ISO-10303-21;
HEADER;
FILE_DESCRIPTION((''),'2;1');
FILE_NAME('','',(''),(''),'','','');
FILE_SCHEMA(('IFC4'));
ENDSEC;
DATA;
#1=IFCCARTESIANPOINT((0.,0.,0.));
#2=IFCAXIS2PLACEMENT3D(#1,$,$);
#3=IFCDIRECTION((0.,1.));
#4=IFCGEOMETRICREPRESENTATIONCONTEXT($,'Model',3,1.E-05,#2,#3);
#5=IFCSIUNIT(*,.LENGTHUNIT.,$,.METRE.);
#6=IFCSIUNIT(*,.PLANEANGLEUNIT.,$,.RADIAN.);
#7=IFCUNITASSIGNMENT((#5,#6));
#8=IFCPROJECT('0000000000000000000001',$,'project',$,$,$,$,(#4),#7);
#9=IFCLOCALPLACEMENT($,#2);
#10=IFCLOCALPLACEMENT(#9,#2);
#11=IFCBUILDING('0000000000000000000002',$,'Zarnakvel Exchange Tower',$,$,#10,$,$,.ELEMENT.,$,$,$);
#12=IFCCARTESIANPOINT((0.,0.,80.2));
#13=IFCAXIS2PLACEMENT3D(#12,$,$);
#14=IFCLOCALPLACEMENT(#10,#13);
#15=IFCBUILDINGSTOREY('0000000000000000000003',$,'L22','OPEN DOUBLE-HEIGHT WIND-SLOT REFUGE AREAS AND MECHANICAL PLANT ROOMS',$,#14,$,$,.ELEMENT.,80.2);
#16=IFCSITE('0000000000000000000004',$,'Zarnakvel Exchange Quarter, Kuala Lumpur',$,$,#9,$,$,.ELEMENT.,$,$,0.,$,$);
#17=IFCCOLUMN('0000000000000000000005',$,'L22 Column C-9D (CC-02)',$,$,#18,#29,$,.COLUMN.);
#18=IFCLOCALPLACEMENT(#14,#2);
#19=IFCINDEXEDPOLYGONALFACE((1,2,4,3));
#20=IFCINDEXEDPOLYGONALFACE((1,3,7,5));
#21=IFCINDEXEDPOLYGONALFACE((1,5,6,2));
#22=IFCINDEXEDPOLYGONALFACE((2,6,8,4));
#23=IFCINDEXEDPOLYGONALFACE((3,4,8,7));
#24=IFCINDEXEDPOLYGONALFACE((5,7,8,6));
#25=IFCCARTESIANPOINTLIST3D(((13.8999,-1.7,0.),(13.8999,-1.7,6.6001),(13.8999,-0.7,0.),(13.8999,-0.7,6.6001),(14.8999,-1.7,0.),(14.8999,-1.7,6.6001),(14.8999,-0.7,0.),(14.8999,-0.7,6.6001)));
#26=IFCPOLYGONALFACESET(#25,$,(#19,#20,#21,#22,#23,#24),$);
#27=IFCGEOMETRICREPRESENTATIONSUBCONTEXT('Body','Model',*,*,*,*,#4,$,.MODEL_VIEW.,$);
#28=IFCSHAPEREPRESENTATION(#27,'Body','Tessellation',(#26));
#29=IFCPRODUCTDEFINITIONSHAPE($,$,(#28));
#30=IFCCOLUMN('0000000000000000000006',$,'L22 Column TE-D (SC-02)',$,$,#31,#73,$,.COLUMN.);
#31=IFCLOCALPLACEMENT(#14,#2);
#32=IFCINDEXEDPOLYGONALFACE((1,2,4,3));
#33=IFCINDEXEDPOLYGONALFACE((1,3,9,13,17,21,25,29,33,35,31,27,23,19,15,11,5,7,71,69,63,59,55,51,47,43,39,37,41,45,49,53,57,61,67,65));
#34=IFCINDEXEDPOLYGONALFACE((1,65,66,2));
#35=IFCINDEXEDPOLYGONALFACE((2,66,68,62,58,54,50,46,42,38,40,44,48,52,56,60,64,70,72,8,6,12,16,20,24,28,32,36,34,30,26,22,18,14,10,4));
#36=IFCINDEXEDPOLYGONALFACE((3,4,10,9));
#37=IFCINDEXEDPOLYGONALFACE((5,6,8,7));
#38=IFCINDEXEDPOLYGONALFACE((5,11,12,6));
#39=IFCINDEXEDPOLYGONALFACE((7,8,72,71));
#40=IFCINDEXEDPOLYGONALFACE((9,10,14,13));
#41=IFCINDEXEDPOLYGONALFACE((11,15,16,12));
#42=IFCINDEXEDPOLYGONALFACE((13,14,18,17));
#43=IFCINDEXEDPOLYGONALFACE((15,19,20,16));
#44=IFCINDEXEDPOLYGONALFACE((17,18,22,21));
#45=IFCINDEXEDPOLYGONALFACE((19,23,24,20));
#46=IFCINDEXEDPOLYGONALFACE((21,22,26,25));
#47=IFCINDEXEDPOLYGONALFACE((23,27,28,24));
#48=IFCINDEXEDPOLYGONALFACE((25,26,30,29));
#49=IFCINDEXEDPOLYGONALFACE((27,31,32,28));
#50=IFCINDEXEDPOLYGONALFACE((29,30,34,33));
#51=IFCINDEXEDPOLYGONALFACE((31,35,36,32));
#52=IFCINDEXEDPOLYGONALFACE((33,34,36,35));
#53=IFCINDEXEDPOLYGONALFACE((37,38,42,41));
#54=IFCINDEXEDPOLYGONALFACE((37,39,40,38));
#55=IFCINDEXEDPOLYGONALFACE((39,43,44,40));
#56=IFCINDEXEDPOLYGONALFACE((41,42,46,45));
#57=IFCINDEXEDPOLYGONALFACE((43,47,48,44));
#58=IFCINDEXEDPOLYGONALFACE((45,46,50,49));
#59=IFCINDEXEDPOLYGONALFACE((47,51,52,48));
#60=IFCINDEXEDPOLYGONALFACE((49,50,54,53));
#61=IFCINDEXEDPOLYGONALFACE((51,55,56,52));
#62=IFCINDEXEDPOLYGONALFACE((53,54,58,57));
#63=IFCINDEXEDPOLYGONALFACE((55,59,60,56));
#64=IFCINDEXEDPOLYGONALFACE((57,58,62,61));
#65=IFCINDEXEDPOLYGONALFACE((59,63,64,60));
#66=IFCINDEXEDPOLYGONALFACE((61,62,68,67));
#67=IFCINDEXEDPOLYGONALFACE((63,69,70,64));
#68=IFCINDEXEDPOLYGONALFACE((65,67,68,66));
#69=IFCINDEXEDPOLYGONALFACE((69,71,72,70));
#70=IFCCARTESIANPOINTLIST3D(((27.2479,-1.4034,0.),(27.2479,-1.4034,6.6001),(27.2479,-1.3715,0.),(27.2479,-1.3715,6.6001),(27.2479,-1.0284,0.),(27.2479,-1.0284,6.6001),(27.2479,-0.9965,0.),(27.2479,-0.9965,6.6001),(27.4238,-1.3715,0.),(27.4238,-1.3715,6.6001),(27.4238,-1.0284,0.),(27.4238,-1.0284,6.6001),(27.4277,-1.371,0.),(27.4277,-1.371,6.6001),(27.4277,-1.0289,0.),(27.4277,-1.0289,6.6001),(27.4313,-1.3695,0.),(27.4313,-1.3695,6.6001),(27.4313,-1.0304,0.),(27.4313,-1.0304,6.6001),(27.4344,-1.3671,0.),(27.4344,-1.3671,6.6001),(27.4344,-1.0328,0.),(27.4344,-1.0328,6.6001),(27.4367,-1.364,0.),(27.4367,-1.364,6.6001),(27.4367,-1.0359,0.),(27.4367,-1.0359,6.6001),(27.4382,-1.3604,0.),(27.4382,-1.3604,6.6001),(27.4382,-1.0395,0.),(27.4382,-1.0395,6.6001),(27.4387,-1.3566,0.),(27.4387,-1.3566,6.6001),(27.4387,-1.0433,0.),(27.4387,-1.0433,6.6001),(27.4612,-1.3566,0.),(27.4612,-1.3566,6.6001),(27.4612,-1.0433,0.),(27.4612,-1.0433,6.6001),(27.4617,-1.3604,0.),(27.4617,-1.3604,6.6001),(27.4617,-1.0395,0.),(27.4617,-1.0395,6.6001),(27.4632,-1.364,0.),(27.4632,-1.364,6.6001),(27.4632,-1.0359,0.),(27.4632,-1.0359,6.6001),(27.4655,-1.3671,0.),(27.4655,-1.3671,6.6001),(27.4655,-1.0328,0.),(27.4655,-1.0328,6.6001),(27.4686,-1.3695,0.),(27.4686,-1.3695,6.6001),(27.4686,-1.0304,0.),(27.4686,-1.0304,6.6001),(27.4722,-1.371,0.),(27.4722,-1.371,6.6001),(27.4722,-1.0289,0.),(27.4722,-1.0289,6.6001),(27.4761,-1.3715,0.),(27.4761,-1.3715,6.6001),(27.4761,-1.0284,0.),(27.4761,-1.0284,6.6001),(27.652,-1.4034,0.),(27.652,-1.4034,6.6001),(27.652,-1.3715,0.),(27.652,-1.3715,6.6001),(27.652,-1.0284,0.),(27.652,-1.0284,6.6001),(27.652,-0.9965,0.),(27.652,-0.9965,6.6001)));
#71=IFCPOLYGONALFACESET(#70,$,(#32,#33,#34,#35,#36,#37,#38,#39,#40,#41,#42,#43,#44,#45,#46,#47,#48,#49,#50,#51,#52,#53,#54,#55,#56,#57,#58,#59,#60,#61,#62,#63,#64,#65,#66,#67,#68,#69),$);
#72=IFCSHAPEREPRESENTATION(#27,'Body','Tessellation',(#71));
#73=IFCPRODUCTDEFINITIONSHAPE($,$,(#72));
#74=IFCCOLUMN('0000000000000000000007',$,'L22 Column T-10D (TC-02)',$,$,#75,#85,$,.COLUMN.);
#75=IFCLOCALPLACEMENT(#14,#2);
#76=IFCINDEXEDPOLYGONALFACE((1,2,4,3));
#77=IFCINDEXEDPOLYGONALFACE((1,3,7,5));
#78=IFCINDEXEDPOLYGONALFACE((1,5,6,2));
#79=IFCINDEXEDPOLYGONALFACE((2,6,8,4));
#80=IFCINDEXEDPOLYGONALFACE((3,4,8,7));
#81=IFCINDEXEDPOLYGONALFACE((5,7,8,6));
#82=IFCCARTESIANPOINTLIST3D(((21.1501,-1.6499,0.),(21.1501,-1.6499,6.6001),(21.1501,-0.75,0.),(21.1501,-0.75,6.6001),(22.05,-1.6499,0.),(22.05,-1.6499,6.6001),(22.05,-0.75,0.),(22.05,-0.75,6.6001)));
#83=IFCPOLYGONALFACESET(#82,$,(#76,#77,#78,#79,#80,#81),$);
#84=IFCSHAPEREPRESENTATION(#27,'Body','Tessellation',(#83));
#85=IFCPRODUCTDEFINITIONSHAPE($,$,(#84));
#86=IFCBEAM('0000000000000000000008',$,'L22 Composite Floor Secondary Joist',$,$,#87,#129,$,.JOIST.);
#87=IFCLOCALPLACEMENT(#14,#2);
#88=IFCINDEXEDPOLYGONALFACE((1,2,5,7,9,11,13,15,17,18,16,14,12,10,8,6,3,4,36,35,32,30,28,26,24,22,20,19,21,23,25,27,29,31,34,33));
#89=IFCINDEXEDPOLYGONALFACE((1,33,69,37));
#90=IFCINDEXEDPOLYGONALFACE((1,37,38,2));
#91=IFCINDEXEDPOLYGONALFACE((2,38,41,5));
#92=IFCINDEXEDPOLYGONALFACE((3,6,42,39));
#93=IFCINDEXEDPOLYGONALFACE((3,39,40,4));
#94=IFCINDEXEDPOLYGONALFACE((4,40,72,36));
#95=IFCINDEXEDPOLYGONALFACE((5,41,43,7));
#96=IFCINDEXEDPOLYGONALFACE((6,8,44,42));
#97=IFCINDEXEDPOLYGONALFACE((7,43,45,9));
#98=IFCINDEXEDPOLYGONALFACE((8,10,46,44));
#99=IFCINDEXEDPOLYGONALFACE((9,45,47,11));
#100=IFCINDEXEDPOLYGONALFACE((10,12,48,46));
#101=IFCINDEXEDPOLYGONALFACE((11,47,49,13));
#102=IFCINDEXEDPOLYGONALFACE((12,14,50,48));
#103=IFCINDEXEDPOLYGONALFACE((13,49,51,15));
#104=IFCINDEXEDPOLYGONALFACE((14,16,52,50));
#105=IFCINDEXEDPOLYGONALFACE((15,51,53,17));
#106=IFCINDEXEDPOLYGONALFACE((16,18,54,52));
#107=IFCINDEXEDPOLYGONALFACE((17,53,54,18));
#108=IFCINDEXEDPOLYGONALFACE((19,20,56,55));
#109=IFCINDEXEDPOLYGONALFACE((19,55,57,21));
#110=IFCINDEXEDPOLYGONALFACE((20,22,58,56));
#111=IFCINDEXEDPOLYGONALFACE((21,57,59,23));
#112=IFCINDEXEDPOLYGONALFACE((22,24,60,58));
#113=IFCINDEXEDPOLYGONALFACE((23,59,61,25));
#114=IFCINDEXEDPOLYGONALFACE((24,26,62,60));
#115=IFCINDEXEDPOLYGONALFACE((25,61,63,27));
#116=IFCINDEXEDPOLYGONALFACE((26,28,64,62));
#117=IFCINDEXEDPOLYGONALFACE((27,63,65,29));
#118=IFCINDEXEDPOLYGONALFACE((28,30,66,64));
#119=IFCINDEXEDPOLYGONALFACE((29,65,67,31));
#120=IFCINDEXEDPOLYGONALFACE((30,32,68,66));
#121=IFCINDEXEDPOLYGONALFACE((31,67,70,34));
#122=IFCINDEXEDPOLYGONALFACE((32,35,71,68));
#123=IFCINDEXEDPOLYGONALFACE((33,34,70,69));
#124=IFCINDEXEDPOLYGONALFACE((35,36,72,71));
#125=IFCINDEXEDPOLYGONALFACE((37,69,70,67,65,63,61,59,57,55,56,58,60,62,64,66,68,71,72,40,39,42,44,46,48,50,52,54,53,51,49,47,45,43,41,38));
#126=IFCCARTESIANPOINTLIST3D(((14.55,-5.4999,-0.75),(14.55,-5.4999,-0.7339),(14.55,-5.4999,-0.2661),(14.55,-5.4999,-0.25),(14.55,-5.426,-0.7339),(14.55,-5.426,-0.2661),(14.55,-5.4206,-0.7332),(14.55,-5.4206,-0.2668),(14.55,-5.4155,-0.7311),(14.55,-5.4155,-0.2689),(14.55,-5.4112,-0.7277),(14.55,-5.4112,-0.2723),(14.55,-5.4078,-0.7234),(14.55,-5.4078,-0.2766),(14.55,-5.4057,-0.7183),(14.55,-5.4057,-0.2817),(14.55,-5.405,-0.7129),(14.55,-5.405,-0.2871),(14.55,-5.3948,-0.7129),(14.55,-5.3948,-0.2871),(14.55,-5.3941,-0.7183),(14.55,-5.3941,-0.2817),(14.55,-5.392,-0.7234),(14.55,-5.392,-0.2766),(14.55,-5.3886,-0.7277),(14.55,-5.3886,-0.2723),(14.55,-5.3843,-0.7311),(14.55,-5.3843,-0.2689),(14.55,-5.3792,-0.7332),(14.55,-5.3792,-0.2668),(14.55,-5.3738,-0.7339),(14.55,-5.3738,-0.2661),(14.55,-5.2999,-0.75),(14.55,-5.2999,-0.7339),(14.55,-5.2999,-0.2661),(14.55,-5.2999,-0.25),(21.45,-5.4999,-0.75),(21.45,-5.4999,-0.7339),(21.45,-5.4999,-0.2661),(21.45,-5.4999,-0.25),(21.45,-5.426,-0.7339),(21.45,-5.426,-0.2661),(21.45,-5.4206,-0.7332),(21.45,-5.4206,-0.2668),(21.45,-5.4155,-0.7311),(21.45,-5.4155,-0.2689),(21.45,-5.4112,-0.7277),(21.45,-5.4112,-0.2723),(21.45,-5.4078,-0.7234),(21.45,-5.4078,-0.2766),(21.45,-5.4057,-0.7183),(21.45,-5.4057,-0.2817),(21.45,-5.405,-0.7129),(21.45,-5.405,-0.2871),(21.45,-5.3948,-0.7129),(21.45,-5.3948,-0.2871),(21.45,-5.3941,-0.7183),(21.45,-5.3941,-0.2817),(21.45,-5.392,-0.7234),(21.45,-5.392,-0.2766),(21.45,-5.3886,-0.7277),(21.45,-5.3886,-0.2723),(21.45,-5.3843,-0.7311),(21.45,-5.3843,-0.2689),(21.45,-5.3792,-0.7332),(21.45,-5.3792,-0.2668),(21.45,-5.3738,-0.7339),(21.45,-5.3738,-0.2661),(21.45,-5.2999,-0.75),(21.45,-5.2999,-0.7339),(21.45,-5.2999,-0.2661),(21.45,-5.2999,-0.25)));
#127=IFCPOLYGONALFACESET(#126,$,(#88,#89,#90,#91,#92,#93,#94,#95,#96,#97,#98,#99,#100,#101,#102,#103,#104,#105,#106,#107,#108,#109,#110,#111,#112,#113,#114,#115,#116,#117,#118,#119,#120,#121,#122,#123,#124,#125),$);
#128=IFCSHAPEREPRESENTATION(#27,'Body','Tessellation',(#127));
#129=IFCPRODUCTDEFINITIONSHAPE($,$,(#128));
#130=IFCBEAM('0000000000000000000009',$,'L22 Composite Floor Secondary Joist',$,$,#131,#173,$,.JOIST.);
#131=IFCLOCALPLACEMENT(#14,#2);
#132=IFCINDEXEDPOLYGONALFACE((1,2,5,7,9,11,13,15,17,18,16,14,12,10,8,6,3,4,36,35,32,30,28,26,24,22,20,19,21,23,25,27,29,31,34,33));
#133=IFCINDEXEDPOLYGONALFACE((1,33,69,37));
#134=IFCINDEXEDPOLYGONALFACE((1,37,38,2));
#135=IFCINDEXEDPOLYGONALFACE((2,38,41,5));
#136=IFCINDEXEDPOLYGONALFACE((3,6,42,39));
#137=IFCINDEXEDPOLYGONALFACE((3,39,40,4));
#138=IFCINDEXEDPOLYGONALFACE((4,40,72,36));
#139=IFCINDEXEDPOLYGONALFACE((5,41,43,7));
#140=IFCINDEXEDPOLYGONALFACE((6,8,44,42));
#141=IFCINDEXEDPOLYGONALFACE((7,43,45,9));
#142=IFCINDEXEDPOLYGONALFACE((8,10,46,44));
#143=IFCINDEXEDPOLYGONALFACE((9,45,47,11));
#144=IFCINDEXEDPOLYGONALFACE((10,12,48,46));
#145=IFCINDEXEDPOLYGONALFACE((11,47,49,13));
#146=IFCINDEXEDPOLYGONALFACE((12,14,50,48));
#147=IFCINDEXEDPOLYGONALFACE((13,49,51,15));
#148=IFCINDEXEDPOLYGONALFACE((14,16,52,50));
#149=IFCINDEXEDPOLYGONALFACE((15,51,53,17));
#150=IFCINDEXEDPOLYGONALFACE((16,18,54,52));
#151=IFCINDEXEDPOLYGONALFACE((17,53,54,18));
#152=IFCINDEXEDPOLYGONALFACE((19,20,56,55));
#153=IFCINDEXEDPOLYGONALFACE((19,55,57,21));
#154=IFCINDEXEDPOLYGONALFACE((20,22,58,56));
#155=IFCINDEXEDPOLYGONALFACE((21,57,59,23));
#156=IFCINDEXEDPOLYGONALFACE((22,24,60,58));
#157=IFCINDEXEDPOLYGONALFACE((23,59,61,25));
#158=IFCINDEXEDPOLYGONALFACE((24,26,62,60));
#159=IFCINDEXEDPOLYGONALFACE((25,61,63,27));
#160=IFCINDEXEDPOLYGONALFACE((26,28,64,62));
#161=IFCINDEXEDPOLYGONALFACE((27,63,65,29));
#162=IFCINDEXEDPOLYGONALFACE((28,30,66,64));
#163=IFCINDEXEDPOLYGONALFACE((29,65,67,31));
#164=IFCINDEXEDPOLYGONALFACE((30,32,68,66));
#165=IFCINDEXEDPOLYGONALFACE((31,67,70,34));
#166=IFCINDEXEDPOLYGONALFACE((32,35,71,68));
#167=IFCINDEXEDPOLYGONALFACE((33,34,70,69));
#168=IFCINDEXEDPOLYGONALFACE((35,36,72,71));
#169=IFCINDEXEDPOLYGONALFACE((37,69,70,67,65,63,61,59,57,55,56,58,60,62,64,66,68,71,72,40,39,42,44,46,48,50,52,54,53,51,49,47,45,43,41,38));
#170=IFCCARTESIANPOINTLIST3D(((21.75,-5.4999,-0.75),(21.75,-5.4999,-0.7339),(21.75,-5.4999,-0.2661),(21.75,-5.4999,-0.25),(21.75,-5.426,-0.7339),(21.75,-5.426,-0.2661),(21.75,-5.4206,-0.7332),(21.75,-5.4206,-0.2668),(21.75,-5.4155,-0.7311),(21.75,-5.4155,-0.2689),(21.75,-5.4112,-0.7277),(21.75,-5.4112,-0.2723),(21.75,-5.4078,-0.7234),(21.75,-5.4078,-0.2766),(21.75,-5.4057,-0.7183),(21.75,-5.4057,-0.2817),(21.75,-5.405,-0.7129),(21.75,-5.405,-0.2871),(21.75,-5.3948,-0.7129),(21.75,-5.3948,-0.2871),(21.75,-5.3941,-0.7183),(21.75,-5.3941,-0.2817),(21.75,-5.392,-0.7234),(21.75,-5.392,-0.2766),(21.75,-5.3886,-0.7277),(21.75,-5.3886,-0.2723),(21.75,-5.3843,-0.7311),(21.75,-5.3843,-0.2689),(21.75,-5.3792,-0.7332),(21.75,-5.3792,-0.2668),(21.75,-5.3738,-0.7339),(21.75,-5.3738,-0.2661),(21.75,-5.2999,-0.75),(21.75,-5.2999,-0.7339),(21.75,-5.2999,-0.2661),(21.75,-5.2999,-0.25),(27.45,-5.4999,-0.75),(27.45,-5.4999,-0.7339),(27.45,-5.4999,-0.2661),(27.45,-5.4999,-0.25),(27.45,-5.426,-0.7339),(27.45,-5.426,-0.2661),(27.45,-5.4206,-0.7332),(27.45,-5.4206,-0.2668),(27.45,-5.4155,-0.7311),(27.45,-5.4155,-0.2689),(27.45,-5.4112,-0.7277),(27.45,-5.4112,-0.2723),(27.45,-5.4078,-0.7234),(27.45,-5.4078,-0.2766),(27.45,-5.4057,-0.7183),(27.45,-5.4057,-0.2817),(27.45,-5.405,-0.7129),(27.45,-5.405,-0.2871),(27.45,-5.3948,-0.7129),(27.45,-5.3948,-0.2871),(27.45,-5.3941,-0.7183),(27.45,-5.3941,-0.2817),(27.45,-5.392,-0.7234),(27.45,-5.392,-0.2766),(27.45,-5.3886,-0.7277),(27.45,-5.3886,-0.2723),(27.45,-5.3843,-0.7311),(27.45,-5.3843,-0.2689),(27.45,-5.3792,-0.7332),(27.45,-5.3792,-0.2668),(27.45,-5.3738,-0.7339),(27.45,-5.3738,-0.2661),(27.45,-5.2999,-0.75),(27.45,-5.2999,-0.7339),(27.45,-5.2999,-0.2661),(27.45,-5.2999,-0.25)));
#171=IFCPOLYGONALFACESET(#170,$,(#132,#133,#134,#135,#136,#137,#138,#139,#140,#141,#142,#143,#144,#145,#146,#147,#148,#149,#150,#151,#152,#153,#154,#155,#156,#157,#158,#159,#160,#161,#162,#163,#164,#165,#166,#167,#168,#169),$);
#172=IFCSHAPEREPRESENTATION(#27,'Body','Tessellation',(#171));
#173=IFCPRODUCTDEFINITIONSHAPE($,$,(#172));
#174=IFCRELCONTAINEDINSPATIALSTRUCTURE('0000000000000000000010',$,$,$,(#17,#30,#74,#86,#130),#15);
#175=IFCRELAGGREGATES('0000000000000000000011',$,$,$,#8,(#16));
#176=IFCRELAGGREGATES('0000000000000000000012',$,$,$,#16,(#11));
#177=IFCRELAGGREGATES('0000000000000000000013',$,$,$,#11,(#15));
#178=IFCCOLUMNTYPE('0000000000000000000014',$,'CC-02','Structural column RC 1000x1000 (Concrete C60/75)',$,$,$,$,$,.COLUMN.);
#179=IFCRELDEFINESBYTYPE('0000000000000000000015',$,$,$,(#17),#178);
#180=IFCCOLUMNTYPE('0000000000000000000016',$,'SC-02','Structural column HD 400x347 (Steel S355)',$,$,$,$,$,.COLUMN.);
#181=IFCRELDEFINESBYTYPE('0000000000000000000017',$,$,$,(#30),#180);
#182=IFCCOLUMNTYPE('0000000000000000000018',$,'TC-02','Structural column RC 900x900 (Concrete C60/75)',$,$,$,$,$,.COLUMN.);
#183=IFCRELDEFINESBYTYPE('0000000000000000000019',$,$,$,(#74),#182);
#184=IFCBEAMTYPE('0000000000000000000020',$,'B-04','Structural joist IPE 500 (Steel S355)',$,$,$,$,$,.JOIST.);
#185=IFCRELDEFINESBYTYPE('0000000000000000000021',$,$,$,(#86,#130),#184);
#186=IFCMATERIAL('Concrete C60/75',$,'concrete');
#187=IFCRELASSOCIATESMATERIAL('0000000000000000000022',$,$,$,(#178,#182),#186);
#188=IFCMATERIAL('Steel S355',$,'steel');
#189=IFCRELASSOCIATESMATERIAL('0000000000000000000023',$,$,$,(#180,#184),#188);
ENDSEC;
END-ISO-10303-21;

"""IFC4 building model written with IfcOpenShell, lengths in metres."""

from ifc_helpers import new_model, si_unit, direction, frame, origin, origin_2d, place, context, subcontext, project, spatial, rectangle, i_section, extrude, material, material_profile, profile_set, type_object, element, save


model = new_model("IFC4")

# Units and contexts
model_context = context("Model", 3, precision=1e-05, world=origin(), true_north=direction((0.0, 1.0)))
body_context = subcontext(model_context, "Body", "Model", "MODEL_VIEW")
ifc_project = project(units=[si_unit("LENGTHUNIT", "METRE"), si_unit("PLANEANGLEUNIT", "RADIAN")], contexts=[model_context])

# Site, building, storey
site_placement = place(None, origin())
site = spatial("IfcSite", under=ifc_project, at=site_placement, Name="Zarnakvel Exchange Quarter, Kuala Lumpur", CompositionType="ELEMENT", RefElevation=0.0)
building_placement = place(site_placement, origin())
building = spatial("IfcBuilding", under=site, at=building_placement, Name="Zarnakvel Exchange Tower", CompositionType="ELEMENT")
storey_placement = place(building_placement, frame((0.0, 0.0, 80.2)))
storey = spatial("IfcBuildingStorey", under=building, at=storey_placement, Name="L22", Description="OPEN DOUBLE-HEIGHT WIND-SLOT REFUGE AREAS AND MECHANICAL PLANT ROOMS", CompositionType="ELEMENT", Elevation=80.2)

# Columns
ifc_material_1 = material(Name="Concrete C60/75", Category="concrete")
ifc_material_profile_1 = material_profile(ifc_material_1, rectangle(XDim=1.0, YDim=1.0, at=origin_2d()))
ifc_profile_set_1 = profile_set([ifc_material_profile_1], Name="Concrete C60/75")
column_type_1 = type_object("IfcColumnType", Name="CC-02", Description="Structural column RC 1000x1000 (Concrete C60/75)", PredefinedType="COLUMN", material=ifc_profile_set_1)
column_1_placement = place(storey_placement, frame((14.3999, -1.2, 0.0), z_axis=(0.0, 0.0, 1.0), x_axis=(1.0, 0.0, 0.0)))
element("IfcColumn", 1, at=column_1_placement, inside=storey, type_object=column_type_1, Name="L22 Column C-9D (CC-02)", PredefinedType="COLUMN", context=body_context, shape_type="SweptSolid", body=[
    extrude(rectangle(XDim=1.0, YDim=1.0, at=origin_2d()), origin(), (0.0, 0.0, 1.0), 6.6001),
])
ifc_material_2 = material(Name="Steel S355", Category="steel")
ifc_material_profile_2 = material_profile(ifc_material_2, i_section(OverallWidth=0.4041, OverallDepth=0.407, WebThickness=0.0225, FlangeThickness=0.032, FilletRadius=0.0149, at=origin_2d()))
ifc_profile_set_2 = profile_set([ifc_material_profile_2], Name="Steel S355")
column_type_2 = type_object("IfcColumnType", Name="SC-02", Description="Structural column HD 400x347 (Steel S355)", PredefinedType="COLUMN", material=ifc_profile_set_2)
column_2_placement = place(storey_placement, frame((27.45, -1.2, 0.0), z_axis=(0.0, 0.0, 1.0), x_axis=(1.0, 0.0, 0.0)))
element("IfcColumn", 2, at=column_2_placement, inside=storey, type_object=column_type_2, Name="L22 Column TE-D (SC-02)", PredefinedType="COLUMN", context=body_context, shape_type="SweptSolid", body=[
    extrude(i_section(OverallWidth=0.4041, OverallDepth=0.407, WebThickness=0.0225, FlangeThickness=0.032, FilletRadius=0.0149, at=origin_2d()), origin(), (0.0, 0.0, 1.0), 6.6001),
])
ifc_material_profile_3 = material_profile(ifc_material_1, rectangle(XDim=0.8999, YDim=0.8999, at=origin_2d()))
ifc_profile_set_3 = profile_set([ifc_material_profile_3], Name="Concrete C60/75")
column_type_3 = type_object("IfcColumnType", Name="TC-02", Description="Structural column RC 900x900 (Concrete C60/75)", PredefinedType="COLUMN", material=ifc_profile_set_3)
column_3_placement = place(storey_placement, frame((21.6001, -1.2, 0.0), z_axis=(0.0, 0.0, 1.0), x_axis=(1.0, 0.0, 0.0)))
element("IfcColumn", 3, at=column_3_placement, inside=storey, type_object=column_type_3, Name="L22 Column T-10D (TC-02)", PredefinedType="COLUMN", context=body_context, shape_type="SweptSolid", body=[
    extrude(rectangle(XDim=0.8999, YDim=0.8999, at=origin_2d()), origin(), (0.0, 0.0, 1.0), 6.6001),
])

# Beams
ifc_material_profile_4 = material_profile(ifc_material_2, i_section(OverallWidth=0.2, OverallDepth=0.5, WebThickness=0.0103, FlangeThickness=0.0161, FilletRadius=0.021, at=origin_2d()))
ifc_profile_set_4 = profile_set([ifc_material_profile_4], Name="Steel S355")
beam_type_1 = type_object("IfcBeamType", Name="B-04", Description="Structural joist IPE 500 (Steel S355)", PredefinedType="JOIST", material=ifc_profile_set_4)
beam_1_placement = place(storey_placement, frame((14.55, -5.3999, -0.5), z_axis=(1.0, 0.0, 0.0), x_axis=(0.0, 1.0, 0.0)))
element("IfcBeam", 4, at=beam_1_placement, inside=storey, type_object=beam_type_1, Name="L22 Composite Floor Secondary Joist", PredefinedType="JOIST", context=body_context, shape_type="SweptSolid", body=[
    extrude(i_section(OverallWidth=0.2, OverallDepth=0.5, WebThickness=0.0103, FlangeThickness=0.0161, FilletRadius=0.021, at=origin_2d()), origin(), (0.0, 0.0, 1.0), 6.8999),
])
beam_2_placement = place(storey_placement, frame((21.75, -5.3999, -0.5), z_axis=(1.0, 0.0, 0.0), x_axis=(0.0, 1.0, 0.0)))
element("IfcBeam", 5, at=beam_2_placement, inside=storey, type_object=beam_type_1, Name="L22 Composite Floor Secondary Joist", PredefinedType="JOIST", context=body_context, shape_type="SweptSolid", body=[
    extrude(i_section(OverallWidth=0.2, OverallDepth=0.5, WebThickness=0.0103, FlangeThickness=0.0161, FilletRadius=0.021, at=origin_2d()), origin(), (0.0, 0.0, 1.0), 5.7),
])

save(model, "model.ifc")
